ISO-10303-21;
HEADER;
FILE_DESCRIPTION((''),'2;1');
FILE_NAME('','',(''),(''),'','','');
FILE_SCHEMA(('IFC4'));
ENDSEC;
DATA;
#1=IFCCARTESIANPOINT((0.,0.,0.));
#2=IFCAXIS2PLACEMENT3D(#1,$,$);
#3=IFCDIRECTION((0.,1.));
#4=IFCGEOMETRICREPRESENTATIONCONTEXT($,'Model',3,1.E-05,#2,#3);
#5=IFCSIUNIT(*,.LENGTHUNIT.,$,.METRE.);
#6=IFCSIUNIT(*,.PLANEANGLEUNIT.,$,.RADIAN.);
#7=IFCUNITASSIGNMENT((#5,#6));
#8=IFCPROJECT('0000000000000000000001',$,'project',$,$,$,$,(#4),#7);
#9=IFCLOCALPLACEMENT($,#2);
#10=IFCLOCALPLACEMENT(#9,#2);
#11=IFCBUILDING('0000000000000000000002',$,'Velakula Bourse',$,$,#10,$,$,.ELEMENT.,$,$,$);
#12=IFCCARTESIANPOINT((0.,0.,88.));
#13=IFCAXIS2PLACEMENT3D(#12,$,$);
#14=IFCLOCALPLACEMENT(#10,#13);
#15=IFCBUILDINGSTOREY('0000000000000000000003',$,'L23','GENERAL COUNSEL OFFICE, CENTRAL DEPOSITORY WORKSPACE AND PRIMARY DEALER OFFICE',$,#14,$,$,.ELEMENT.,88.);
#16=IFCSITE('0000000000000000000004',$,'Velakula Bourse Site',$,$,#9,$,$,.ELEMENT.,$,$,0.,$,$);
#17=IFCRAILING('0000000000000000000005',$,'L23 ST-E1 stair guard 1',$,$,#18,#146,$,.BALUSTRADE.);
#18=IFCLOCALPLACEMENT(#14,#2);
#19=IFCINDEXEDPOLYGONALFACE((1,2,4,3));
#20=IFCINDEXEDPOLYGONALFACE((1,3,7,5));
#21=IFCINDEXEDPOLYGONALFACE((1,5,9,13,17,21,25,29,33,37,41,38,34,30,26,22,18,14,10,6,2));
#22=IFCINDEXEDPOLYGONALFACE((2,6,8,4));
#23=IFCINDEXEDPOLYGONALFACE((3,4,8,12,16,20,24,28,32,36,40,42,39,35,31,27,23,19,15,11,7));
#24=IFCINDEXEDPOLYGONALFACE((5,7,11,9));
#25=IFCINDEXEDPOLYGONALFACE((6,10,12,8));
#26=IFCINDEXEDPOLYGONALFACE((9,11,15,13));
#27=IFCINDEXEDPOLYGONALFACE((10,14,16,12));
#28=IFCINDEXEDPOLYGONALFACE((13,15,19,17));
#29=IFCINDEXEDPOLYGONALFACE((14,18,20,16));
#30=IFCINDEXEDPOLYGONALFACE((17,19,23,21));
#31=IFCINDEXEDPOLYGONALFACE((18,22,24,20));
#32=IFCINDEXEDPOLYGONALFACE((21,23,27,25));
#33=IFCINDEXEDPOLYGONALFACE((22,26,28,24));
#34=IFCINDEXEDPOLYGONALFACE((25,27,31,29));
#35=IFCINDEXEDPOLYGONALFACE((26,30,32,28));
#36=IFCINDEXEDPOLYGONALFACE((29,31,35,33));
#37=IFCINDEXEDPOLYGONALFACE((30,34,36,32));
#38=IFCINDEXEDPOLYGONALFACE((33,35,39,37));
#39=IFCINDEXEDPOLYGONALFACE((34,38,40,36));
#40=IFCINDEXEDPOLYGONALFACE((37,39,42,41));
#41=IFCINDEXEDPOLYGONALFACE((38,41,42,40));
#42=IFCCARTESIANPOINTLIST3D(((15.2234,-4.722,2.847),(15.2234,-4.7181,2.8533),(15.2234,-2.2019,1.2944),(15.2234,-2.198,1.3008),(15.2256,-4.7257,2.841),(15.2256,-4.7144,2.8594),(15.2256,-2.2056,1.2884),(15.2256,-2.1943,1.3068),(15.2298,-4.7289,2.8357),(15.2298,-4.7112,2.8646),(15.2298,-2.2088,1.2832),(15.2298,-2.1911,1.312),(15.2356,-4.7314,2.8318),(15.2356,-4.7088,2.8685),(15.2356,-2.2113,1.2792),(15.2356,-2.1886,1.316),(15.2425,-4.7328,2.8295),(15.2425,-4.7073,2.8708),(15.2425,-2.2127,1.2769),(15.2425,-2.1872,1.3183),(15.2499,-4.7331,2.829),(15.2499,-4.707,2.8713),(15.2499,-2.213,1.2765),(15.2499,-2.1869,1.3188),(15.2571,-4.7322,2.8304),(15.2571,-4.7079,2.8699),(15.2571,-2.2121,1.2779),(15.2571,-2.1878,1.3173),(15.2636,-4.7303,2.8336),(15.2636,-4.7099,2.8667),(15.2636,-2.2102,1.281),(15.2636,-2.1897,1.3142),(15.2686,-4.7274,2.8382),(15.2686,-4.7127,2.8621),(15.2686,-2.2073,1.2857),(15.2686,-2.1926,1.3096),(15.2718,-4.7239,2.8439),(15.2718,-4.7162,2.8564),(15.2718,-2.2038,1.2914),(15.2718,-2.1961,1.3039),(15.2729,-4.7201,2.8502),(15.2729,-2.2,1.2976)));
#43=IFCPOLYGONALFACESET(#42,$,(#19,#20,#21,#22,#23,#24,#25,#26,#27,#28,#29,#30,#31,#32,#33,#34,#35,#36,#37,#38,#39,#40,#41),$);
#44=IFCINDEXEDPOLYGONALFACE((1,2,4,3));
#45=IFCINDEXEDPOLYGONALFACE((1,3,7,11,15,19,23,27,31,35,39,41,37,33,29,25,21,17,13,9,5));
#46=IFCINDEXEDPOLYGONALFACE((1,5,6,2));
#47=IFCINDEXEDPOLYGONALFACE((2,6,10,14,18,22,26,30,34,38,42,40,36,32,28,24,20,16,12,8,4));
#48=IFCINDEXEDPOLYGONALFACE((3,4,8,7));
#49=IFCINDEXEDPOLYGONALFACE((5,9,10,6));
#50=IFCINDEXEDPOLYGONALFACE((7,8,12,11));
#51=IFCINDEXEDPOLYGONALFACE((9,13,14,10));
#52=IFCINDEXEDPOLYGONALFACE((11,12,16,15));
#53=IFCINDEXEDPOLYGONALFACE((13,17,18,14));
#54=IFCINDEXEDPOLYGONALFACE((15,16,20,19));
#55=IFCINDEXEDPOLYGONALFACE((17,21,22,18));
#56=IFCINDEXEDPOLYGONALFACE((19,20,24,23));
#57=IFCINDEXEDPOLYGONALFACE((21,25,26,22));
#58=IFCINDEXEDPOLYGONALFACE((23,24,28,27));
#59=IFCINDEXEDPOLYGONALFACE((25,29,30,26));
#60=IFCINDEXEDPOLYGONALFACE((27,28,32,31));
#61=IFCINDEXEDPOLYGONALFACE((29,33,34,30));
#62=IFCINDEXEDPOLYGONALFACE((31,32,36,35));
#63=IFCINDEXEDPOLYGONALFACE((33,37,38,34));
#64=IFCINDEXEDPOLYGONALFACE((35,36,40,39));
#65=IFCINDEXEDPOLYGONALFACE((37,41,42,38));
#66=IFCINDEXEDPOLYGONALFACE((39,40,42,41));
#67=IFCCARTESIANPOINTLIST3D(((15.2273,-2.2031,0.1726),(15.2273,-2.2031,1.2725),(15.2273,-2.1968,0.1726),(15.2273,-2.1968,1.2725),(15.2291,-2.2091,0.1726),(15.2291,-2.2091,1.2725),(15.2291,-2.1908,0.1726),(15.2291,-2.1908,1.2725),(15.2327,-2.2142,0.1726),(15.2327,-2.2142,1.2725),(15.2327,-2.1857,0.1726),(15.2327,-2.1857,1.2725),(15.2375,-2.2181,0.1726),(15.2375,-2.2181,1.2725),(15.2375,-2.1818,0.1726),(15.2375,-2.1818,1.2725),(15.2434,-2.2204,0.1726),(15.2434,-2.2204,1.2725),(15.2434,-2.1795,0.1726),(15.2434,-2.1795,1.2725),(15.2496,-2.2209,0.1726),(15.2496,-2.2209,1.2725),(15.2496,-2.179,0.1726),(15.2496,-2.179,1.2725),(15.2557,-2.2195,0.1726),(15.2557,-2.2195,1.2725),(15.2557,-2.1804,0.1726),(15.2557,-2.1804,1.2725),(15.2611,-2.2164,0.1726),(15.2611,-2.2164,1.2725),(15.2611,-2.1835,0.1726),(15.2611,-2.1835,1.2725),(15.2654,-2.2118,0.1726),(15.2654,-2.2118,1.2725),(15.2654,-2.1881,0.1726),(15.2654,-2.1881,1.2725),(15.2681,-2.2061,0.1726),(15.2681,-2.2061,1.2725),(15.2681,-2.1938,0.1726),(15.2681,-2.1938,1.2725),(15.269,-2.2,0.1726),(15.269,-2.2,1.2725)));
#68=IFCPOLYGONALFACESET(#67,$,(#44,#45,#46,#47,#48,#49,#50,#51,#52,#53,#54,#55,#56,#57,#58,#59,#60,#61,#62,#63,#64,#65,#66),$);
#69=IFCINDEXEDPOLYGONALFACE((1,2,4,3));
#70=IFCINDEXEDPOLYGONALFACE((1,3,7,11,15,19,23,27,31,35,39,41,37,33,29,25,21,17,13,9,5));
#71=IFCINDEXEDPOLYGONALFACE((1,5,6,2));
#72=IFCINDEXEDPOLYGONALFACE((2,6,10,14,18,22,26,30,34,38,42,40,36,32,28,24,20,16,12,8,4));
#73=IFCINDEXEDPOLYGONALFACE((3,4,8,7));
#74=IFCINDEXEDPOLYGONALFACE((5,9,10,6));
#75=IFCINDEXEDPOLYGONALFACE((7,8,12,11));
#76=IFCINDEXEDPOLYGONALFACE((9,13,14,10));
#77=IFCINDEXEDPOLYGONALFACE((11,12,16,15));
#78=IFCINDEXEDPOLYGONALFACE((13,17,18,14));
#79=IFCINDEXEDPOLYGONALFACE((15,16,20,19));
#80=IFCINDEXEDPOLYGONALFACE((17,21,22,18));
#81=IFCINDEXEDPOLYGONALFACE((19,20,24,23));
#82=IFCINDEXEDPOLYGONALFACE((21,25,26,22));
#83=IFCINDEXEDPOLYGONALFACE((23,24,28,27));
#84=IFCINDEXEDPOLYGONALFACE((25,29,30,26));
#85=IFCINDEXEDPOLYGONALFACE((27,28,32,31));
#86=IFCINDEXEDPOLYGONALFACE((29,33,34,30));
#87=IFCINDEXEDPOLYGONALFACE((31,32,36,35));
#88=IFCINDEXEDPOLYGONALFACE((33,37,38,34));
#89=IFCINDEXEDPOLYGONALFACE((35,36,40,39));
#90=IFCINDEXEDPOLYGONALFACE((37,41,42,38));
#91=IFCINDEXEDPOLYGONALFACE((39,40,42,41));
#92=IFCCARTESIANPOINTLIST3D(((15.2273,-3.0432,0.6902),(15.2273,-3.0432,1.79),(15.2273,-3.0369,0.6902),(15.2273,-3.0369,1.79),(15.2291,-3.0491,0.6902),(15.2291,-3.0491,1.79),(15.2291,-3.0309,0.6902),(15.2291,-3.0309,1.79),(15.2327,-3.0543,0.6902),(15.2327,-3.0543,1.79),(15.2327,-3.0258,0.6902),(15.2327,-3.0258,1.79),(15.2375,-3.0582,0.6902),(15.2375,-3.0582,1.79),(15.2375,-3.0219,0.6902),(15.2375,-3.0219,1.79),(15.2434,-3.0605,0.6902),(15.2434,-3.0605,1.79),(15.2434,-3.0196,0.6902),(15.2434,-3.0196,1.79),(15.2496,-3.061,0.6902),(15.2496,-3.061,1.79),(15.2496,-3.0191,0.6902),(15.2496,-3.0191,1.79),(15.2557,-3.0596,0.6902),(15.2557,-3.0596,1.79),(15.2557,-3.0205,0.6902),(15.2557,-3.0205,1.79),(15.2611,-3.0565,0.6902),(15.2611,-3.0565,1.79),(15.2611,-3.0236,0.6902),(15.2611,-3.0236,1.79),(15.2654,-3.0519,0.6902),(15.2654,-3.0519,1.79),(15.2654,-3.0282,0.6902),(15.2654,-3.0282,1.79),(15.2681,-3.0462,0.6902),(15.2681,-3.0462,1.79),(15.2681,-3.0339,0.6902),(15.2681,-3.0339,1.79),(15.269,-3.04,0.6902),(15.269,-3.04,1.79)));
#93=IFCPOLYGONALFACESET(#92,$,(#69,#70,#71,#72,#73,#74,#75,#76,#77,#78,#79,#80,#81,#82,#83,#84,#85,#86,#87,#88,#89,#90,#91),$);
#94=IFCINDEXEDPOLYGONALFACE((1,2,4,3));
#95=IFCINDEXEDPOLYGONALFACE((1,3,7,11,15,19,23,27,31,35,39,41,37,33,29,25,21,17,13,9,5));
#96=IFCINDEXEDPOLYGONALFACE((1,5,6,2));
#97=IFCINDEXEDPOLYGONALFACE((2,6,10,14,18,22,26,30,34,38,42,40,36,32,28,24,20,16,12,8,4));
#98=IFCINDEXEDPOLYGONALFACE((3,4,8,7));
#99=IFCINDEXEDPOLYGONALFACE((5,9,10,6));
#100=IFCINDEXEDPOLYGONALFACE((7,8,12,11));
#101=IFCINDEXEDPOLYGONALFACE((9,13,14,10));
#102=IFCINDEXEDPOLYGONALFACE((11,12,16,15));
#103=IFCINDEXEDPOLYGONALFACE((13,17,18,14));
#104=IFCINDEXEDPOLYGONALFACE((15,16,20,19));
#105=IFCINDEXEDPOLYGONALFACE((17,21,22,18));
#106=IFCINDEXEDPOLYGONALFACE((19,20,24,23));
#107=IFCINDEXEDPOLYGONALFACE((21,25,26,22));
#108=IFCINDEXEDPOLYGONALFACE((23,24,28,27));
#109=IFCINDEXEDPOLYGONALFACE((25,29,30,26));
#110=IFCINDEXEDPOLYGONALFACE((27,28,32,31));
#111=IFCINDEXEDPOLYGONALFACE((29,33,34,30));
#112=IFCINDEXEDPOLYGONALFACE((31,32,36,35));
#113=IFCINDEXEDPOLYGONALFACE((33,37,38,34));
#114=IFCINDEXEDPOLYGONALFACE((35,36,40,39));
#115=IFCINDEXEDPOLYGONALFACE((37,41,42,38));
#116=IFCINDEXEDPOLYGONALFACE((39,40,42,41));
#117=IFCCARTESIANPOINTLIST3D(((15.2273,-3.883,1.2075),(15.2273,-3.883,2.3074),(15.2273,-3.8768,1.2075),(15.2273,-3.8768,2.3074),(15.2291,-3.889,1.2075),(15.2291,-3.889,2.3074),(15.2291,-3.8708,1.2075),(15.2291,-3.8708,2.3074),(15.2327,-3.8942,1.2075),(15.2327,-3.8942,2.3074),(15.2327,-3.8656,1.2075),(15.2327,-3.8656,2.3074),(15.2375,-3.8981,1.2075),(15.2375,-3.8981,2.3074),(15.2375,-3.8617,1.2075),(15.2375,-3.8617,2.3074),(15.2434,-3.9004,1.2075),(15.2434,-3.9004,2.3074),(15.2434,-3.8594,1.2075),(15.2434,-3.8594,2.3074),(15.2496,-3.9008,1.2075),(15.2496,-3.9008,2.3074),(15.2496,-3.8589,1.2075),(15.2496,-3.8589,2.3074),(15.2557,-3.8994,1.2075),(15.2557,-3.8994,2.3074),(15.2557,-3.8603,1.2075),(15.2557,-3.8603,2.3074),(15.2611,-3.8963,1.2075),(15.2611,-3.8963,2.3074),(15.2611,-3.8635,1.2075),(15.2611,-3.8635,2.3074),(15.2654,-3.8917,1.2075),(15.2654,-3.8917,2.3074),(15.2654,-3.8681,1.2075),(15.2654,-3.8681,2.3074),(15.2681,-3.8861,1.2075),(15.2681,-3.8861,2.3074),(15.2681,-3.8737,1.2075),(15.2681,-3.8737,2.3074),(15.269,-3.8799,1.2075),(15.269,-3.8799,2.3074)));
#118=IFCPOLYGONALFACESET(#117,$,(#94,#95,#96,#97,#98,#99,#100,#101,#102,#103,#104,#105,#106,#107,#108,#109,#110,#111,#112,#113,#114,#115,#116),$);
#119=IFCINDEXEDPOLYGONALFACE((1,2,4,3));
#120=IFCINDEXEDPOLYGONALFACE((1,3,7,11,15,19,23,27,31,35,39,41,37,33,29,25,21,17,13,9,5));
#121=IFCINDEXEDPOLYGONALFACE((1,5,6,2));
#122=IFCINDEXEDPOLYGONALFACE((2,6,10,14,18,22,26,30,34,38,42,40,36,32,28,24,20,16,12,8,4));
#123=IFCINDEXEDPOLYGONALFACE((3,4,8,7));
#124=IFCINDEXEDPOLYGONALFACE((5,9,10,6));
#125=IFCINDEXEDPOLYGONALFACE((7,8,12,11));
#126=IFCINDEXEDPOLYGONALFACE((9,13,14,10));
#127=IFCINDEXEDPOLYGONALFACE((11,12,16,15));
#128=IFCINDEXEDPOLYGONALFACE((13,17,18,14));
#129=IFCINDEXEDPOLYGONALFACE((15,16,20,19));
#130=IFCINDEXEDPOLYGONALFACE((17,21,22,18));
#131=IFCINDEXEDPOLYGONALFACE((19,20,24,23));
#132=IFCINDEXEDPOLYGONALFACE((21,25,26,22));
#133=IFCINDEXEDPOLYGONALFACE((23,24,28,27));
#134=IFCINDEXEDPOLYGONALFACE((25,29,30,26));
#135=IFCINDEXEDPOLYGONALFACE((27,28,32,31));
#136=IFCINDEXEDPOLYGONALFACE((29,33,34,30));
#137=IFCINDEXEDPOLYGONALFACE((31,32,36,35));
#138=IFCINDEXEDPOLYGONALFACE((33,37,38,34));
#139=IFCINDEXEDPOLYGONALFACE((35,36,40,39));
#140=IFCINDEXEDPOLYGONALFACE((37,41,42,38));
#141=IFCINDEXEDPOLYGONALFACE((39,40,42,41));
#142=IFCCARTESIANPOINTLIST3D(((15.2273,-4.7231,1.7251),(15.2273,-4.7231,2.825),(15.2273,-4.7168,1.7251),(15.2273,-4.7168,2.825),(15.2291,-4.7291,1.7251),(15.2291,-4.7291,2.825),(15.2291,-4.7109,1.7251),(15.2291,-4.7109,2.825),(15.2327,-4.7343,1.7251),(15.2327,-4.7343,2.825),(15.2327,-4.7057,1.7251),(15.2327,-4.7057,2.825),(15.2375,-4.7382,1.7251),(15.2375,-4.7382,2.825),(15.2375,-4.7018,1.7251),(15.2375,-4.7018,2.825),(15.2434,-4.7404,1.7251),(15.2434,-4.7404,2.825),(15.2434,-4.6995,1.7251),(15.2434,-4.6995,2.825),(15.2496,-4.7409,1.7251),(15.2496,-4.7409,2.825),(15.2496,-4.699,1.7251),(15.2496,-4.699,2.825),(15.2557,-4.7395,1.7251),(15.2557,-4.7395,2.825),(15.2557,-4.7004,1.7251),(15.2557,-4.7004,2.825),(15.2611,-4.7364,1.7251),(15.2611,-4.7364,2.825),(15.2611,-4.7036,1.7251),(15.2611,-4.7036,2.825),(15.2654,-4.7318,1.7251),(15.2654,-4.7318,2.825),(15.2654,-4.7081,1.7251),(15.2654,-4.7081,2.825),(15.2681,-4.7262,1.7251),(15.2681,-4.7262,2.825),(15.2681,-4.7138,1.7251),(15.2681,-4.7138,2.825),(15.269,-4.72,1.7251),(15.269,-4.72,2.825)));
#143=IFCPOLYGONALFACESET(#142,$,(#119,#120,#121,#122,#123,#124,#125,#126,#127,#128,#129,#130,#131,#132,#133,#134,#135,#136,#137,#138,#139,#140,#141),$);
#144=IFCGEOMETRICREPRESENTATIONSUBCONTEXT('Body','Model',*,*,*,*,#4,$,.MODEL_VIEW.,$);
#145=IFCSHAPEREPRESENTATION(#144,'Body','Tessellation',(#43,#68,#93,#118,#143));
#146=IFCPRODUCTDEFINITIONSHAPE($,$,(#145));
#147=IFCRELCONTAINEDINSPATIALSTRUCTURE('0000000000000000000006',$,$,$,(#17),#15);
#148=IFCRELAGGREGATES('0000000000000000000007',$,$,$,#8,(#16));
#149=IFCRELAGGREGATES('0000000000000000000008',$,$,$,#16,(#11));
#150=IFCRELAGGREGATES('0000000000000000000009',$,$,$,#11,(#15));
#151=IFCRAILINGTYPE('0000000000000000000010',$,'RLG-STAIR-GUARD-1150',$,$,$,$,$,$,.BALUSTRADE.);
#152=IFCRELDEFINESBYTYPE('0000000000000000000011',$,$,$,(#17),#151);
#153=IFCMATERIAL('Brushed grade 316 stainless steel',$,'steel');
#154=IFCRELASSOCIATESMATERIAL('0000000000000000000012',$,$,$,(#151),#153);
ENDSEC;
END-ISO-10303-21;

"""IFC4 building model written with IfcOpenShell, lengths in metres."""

from ifc_helpers import new_model, si_unit, direction, frame, origin, origin_2d, place, context, subcontext, project, spatial, circle, extrude, material, type_object, element, save


model = new_model("IFC4")

# Units and contexts
model_context = context("Model", 3, precision=1e-05, world=origin(), true_north=direction((0.0, 1.0)))
body_context = subcontext(model_context, "Body", "Model", "MODEL_VIEW")
ifc_project = project(units=[si_unit("LENGTHUNIT", "METRE"), si_unit("PLANEANGLEUNIT", "RADIAN")], contexts=[model_context])

# Site, building, storey
site_placement = place(None, origin())
site = spatial("IfcSite", under=ifc_project, at=site_placement, Name="Velakula Bourse Site", CompositionType="ELEMENT", RefElevation=0.0)
building_placement = place(site_placement, origin())
building = spatial("IfcBuilding", under=site, at=building_placement, Name="Velakula Bourse", CompositionType="ELEMENT")
storey_placement = place(building_placement, frame((0.0, 0.0, 88.0)))
storey = spatial("IfcBuildingStorey", under=building, at=storey_placement, Name="L23", Description="GENERAL COUNSEL OFFICE, CENTRAL DEPOSITORY WORKSPACE AND PRIMARY DEALER OFFICE", CompositionType="ELEMENT", Elevation=88.0)

# Railing
ifc_material_1 = material(Name="Brushed grade 316 stainless steel", Category="steel")
railing_type_1 = type_object("IfcRailingType", Name="RLG-STAIR-GUARD-1150", PredefinedType="BALUSTRADE", material=ifc_material_1)
railing_1_placement = place(storey_placement, frame((15.248, -2.2, 0.1726)))
element("IfcRailing", 1, at=railing_1_placement, inside=storey, type_object=railing_type_1, Name="L23 ST-E1 stair guard 1", PredefinedType="BALUSTRADE", context=body_context, shape_type="SweptSolid", body=[
    extrude(circle(Radius=0.0249, at=origin_2d()), frame((0.0, 0.0, 1.125), z_axis=(0.0, -0.8514, 0.524516), x_axis=(1.0, 0.0, 0.0)), (0.0, 0.0, 1.0), 2.96),
    extrude(circle(Radius=0.021, at=origin_2d()), origin(), (0.0, 0.0, 1.0), 1.0999),
    extrude(circle(Radius=0.021, at=origin_2d()), frame((0.0, -0.8401, 0.5176)), (0.0, 0.0, 1.0), 1.0999),
    extrude(circle(Radius=0.021, at=origin_2d()), frame((0.0, -1.6799, 1.0349)), (0.0, 0.0, 1.0), 1.0999),
    extrude(circle(Radius=0.021, at=origin_2d()), frame((0.0, -2.52, 1.5525)), (0.0, 0.0, 1.0), 1.0999),
])

save(model, "model.ifc")
